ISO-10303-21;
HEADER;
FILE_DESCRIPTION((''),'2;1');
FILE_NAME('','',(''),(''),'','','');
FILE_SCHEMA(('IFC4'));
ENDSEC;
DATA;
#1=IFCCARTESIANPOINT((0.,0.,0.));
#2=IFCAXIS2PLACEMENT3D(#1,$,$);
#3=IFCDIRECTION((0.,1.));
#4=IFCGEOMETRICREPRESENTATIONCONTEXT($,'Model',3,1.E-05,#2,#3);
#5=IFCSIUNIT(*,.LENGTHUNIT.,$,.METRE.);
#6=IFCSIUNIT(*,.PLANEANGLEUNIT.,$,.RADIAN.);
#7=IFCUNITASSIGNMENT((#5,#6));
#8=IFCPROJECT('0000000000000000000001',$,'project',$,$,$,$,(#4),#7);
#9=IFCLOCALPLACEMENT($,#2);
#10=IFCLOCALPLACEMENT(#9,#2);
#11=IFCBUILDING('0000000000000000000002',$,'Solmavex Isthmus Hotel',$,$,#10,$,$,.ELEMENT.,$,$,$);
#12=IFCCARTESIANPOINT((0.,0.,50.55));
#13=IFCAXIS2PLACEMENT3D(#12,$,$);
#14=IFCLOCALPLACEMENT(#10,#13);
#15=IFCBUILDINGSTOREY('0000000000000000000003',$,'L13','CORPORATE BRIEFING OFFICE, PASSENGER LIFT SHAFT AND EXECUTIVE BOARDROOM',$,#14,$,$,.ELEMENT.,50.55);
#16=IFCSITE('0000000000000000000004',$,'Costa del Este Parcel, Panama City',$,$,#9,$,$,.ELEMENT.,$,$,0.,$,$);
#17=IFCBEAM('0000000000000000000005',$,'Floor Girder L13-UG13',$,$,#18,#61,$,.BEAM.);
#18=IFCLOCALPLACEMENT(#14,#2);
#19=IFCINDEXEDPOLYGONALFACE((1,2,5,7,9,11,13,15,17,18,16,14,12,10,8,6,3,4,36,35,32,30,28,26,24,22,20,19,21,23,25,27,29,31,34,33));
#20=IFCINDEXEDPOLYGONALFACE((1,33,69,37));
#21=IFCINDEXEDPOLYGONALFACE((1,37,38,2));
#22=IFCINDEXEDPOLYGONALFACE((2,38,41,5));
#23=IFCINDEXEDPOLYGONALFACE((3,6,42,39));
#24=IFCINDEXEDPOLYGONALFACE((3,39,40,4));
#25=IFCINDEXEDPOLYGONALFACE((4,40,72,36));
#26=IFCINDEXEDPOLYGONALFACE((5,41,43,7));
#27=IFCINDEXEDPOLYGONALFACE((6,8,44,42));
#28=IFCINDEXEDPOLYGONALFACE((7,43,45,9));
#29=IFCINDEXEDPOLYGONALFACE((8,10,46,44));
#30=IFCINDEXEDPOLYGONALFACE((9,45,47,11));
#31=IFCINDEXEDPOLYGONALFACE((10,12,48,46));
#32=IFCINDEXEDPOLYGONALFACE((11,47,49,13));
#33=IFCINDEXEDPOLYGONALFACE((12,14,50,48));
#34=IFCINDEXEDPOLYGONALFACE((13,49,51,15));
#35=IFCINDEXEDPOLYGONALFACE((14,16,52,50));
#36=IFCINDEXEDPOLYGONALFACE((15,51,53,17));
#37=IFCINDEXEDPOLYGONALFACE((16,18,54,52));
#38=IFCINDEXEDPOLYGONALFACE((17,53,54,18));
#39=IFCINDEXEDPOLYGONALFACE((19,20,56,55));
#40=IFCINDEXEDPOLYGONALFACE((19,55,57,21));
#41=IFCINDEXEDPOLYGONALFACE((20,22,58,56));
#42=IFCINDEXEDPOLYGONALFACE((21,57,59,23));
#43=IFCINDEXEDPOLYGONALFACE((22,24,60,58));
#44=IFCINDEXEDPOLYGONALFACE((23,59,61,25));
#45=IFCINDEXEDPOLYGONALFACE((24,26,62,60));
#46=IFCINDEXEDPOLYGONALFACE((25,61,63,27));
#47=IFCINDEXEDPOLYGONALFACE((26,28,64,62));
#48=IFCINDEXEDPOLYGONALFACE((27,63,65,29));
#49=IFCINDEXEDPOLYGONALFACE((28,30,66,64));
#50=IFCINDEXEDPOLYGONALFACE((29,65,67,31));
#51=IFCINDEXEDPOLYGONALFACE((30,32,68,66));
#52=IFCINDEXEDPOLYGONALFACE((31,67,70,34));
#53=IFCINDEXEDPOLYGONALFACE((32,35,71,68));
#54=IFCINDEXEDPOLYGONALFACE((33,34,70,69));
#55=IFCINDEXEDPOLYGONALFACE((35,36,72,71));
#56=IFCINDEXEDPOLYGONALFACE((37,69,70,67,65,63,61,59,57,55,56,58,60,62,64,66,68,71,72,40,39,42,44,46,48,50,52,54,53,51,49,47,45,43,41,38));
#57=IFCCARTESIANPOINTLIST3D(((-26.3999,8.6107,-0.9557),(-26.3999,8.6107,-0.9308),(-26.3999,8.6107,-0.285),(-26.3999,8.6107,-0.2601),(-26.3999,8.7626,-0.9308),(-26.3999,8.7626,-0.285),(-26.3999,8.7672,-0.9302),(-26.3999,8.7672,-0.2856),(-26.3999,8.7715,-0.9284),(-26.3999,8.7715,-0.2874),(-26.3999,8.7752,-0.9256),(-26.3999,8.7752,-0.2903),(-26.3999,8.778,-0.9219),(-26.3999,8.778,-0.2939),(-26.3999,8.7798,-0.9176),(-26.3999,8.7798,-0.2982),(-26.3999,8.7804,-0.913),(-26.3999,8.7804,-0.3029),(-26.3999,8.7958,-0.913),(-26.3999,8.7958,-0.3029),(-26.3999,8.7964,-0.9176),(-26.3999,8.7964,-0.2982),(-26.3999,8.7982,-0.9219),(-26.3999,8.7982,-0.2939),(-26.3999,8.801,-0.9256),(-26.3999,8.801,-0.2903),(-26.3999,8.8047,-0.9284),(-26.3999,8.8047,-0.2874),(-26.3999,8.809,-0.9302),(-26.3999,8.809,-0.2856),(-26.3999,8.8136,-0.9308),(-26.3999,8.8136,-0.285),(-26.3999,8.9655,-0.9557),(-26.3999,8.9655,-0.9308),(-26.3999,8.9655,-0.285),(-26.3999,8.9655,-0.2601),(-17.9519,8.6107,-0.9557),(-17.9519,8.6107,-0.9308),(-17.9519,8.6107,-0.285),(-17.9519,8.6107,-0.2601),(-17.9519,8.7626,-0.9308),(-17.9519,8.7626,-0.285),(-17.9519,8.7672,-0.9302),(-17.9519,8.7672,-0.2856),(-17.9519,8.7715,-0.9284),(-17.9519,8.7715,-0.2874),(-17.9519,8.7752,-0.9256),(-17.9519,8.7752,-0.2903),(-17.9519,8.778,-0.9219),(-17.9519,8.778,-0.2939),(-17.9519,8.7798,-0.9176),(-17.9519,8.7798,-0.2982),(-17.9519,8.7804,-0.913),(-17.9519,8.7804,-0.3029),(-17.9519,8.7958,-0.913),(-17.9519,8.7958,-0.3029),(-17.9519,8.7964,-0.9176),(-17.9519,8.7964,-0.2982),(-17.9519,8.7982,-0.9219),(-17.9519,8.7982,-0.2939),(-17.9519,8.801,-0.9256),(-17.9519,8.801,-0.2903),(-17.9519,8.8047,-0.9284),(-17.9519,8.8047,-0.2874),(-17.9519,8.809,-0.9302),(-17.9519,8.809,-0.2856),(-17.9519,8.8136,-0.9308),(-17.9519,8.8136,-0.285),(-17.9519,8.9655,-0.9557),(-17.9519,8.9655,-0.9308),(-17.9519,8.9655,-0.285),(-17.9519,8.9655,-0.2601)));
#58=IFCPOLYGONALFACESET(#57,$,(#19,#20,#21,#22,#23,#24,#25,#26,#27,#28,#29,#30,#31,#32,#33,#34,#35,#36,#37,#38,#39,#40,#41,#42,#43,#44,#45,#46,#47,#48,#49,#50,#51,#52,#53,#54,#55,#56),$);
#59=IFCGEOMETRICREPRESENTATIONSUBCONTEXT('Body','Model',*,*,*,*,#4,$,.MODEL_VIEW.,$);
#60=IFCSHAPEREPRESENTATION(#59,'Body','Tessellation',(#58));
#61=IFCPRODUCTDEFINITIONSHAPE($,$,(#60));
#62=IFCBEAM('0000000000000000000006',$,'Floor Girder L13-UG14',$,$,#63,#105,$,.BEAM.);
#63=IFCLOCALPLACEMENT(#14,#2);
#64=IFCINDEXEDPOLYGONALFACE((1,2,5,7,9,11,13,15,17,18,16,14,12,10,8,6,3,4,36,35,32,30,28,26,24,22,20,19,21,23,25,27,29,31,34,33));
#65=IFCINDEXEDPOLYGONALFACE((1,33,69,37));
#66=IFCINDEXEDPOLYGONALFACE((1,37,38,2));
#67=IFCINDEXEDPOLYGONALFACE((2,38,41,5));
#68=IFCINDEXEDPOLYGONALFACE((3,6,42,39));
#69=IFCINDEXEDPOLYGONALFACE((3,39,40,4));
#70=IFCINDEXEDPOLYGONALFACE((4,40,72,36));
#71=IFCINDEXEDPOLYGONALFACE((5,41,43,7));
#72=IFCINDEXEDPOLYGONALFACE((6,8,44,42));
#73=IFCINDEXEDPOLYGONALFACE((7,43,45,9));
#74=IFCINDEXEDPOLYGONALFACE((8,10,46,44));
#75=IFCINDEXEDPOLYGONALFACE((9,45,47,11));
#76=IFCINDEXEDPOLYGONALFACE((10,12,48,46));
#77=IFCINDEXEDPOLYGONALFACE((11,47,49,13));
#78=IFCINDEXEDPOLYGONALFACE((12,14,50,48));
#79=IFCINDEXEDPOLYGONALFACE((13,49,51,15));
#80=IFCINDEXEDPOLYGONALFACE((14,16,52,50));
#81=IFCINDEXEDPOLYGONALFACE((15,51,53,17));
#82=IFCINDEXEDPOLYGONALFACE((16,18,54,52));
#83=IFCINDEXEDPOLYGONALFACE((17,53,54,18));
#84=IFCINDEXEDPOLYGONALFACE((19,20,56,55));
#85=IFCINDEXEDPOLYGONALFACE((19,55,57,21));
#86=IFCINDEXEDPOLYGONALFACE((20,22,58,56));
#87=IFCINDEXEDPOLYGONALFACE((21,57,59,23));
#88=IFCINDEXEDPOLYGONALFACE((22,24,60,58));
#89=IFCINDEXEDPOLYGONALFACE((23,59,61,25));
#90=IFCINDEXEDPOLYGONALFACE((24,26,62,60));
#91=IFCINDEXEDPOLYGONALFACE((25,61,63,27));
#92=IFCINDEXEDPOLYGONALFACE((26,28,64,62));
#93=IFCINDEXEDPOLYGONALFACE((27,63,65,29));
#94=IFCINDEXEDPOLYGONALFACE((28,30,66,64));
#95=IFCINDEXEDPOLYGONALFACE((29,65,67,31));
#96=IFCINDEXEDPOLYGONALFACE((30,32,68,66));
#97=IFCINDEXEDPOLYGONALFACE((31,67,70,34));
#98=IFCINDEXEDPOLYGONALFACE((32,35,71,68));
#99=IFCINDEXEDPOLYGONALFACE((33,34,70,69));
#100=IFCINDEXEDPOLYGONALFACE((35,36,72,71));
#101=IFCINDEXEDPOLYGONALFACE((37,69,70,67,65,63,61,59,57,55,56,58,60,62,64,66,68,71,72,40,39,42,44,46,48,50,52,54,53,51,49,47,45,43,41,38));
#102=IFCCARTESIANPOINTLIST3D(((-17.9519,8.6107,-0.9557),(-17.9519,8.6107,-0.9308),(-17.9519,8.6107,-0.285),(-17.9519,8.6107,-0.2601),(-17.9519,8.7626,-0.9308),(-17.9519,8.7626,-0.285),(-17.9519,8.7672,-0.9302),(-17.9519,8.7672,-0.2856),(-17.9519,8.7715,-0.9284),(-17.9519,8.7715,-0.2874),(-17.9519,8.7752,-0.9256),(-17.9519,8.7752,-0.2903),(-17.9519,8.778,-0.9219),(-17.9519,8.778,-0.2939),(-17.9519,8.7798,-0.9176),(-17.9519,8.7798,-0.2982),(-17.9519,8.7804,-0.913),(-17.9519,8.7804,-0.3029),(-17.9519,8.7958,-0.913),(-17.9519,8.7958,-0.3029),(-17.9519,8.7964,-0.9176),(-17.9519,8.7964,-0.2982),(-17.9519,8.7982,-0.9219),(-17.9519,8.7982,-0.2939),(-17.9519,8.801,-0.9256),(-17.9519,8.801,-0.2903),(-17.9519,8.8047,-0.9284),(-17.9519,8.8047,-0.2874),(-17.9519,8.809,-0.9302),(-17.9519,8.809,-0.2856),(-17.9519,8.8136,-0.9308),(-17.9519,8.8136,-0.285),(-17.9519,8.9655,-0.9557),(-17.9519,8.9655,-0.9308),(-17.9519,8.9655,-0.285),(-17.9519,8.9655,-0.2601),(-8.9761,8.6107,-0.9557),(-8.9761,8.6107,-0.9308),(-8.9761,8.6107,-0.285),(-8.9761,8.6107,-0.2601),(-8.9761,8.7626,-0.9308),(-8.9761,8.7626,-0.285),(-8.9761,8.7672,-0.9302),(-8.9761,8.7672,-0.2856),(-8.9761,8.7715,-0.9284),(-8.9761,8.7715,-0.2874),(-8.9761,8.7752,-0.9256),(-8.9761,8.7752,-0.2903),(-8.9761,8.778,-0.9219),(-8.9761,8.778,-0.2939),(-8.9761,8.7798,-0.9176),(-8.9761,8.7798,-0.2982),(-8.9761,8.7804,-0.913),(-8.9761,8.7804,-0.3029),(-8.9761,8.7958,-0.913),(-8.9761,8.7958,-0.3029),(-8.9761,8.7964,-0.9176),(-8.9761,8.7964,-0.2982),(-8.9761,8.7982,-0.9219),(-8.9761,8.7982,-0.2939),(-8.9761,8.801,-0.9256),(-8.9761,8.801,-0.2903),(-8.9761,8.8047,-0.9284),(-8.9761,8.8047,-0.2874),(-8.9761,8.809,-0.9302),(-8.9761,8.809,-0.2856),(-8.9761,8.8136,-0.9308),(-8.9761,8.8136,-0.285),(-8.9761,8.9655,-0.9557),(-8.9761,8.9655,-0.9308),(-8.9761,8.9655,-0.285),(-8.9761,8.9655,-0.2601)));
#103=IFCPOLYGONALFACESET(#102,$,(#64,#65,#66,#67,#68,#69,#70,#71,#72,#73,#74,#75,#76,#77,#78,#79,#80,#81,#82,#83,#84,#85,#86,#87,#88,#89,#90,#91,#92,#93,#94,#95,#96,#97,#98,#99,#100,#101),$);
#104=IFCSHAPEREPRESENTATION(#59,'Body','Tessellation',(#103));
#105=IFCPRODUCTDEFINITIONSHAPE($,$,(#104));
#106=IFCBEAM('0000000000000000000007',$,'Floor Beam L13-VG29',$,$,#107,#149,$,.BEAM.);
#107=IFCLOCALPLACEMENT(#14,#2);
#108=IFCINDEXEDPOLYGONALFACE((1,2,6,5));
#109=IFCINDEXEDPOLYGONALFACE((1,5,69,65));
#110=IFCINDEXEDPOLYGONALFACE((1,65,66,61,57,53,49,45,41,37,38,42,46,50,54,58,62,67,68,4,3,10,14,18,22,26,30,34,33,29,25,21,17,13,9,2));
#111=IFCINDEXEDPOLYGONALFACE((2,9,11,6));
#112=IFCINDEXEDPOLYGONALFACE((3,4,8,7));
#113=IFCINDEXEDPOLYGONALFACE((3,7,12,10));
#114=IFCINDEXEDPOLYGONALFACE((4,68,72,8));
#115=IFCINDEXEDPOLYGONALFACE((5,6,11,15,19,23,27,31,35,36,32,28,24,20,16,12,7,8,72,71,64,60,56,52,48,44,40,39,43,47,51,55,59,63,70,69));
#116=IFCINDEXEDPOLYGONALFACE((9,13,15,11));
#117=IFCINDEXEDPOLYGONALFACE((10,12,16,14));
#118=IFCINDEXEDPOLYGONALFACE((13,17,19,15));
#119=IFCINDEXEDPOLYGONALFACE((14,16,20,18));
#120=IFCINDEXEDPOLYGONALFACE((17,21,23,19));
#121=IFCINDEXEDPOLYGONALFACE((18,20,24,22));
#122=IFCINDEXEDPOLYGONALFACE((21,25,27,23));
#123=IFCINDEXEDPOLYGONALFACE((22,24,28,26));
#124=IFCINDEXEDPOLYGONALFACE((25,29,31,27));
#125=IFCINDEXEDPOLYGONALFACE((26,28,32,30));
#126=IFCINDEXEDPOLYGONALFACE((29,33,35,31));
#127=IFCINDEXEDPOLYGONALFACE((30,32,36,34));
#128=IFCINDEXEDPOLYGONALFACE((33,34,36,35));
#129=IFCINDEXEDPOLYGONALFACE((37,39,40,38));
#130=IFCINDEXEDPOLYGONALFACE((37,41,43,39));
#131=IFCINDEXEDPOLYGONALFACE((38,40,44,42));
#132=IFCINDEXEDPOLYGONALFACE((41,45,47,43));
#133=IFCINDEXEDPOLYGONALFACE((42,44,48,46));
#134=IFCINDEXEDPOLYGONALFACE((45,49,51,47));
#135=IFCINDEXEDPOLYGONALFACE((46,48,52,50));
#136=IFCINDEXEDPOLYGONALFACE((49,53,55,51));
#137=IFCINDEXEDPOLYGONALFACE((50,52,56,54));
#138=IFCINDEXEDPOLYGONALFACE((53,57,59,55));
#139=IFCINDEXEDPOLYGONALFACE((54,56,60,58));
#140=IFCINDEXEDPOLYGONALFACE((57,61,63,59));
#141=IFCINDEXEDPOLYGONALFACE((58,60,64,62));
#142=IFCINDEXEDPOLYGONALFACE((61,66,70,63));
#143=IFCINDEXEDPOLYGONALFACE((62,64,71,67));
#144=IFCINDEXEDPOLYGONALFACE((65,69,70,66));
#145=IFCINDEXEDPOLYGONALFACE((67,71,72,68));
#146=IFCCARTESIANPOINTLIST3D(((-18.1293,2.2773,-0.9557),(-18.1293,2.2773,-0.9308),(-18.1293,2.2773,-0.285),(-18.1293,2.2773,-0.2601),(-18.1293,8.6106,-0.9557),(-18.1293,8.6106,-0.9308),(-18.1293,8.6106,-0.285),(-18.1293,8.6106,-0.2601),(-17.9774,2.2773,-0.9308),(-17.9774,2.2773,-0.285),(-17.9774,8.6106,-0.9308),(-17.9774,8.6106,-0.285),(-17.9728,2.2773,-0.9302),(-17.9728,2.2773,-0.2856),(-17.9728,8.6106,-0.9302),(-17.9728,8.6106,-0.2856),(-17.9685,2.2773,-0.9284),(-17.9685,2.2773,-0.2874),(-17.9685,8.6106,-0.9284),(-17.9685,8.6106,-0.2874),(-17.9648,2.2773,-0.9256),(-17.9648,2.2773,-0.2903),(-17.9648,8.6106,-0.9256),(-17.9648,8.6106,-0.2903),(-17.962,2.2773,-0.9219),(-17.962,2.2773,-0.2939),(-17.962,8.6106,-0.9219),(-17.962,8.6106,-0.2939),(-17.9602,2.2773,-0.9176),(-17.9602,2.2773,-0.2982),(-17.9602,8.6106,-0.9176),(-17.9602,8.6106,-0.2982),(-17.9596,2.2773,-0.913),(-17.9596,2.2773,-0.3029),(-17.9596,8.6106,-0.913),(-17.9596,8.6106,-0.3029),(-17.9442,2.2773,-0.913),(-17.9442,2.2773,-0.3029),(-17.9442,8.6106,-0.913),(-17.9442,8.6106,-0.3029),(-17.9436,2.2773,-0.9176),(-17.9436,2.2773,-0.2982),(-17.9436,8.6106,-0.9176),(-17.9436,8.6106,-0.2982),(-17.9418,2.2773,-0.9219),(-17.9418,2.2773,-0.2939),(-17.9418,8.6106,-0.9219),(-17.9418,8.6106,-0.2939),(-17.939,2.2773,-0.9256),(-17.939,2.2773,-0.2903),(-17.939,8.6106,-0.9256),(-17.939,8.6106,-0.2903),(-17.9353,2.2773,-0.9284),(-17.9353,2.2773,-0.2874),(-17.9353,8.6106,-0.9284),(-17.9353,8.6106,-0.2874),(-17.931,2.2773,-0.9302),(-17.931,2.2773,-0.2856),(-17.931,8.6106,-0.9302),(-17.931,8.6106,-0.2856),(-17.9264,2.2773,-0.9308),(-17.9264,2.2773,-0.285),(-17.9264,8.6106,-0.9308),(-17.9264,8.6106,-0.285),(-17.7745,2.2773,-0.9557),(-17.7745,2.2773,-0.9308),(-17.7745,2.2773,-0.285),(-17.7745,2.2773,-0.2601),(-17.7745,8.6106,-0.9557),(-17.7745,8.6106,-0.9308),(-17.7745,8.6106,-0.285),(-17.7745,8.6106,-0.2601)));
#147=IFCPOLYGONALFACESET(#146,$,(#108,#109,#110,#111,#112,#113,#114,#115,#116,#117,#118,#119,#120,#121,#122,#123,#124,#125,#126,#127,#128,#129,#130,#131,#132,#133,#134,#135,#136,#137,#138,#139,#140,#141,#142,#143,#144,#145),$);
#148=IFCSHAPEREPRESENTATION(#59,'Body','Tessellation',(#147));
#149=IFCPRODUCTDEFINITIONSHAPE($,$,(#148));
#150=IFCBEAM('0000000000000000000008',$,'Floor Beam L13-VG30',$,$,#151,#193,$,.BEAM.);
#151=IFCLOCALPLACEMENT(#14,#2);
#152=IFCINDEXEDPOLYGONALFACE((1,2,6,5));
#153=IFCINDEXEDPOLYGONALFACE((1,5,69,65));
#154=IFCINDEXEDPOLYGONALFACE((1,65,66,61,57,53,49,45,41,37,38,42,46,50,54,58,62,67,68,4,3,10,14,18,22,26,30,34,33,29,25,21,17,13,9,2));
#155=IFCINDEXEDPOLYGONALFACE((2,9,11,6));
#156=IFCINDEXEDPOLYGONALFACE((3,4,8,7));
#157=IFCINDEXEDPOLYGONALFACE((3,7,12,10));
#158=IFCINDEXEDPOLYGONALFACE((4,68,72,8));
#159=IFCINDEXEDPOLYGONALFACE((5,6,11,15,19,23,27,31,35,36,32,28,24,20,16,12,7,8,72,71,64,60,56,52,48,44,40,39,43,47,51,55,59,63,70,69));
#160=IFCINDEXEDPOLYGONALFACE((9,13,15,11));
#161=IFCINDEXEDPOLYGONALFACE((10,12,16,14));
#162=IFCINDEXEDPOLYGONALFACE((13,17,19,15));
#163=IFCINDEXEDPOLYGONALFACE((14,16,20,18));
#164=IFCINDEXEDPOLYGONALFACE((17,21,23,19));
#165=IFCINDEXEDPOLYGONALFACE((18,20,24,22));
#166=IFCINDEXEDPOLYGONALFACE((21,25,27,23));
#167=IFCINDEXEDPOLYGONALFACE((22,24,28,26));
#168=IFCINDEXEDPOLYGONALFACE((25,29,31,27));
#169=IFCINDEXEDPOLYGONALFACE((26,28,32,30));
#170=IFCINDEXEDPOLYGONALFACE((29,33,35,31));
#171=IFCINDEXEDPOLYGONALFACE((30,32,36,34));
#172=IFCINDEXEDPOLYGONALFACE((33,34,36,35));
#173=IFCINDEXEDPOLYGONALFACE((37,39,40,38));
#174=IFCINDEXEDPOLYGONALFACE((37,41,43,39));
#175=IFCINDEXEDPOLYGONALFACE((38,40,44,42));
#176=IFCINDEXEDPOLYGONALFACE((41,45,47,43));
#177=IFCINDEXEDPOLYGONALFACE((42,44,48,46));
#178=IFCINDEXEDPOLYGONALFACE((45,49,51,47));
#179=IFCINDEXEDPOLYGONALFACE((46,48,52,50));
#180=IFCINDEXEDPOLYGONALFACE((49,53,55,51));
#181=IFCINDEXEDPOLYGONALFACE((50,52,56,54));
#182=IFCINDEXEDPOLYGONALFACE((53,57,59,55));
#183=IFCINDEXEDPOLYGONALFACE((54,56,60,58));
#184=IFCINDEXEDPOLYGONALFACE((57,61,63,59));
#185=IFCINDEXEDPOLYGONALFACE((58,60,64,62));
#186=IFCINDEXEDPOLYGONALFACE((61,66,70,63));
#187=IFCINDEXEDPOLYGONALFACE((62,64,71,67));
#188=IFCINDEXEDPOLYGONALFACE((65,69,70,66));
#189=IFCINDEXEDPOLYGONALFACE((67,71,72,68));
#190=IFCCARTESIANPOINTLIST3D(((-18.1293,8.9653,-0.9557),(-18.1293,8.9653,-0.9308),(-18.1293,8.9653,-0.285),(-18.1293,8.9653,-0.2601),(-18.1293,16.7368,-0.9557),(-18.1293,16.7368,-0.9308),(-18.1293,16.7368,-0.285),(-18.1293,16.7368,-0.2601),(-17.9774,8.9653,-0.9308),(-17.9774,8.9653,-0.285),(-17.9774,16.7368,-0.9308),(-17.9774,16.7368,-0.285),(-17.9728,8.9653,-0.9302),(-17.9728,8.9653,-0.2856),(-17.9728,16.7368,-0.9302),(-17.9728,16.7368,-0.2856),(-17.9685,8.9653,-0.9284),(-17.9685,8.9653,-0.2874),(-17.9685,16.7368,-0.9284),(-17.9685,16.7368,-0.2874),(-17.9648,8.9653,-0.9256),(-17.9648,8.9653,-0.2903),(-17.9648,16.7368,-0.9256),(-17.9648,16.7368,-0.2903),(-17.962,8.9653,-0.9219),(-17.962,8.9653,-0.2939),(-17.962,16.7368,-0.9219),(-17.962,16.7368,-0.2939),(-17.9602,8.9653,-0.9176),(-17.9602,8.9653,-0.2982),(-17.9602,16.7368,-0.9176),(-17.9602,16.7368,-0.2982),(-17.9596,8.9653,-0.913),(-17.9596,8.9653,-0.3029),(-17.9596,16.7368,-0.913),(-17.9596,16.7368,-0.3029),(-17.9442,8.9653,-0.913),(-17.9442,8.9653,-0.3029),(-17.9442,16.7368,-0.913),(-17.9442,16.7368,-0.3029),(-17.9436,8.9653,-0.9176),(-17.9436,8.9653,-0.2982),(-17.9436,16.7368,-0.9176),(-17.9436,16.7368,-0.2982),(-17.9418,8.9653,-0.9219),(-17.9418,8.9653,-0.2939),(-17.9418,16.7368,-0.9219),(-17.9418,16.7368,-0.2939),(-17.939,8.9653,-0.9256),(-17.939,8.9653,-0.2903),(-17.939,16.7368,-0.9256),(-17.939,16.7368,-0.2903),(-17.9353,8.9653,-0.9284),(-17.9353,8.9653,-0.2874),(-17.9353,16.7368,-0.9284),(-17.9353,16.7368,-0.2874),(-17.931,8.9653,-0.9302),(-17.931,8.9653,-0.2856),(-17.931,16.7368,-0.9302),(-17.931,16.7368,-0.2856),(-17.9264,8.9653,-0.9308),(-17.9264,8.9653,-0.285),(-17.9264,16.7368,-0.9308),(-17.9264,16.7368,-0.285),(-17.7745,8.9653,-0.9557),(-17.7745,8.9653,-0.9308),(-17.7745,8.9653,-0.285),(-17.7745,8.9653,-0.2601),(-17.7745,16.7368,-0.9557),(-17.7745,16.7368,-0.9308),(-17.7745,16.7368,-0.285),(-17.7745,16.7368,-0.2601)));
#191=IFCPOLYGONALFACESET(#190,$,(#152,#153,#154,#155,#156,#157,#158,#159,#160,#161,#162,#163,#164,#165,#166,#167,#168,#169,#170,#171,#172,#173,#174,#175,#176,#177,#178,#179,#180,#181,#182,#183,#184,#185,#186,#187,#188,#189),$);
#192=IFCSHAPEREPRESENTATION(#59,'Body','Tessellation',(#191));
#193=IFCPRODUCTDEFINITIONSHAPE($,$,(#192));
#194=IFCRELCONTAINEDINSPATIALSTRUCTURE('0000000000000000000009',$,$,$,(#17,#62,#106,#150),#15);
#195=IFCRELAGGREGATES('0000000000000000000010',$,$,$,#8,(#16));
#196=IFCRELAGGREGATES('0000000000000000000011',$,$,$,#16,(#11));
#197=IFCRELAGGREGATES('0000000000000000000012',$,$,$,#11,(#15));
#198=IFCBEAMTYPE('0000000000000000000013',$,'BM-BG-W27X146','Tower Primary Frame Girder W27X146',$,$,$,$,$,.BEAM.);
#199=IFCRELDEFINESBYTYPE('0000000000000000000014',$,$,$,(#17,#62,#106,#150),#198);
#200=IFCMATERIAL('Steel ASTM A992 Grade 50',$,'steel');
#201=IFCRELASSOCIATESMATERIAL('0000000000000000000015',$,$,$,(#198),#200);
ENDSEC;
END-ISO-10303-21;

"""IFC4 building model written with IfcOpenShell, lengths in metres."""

from ifc_helpers import new_model, si_unit, direction, frame, origin, origin_2d, place, context, subcontext, project, spatial, i_section, extrude, material, material_profile, profile_set, type_object, element, save


model = new_model("IFC4")

# Units and contexts
model_context = context("Model", 3, precision=1e-05, world=origin(), true_north=direction((0.0, 1.0)))
body_context = subcontext(model_context, "Body", "Model", "MODEL_VIEW")
ifc_project = project(units=[si_unit("LENGTHUNIT", "METRE"), si_unit("PLANEANGLEUNIT", "RADIAN")], contexts=[model_context])

# Site, building, storey
site_placement = place(None, origin())
site = spatial("IfcSite", under=ifc_project, at=site_placement, Name="Costa del Este Parcel, Panama City", CompositionType="ELEMENT", RefElevation=0.0)
building_placement = place(site_placement, origin())
building = spatial("IfcBuilding", under=site, at=building_placement, Name="Solmavex Isthmus Hotel", CompositionType="ELEMENT")
storey_placement = place(building_placement, frame((0.0, 0.0, 50.55)))
storey = spatial("IfcBuildingStorey", under=building, at=storey_placement, Name="L13", Description="CORPORATE BRIEFING OFFICE, PASSENGER LIFT SHAFT AND EXECUTIVE BOARDROOM", CompositionType="ELEMENT", Elevation=50.55)

# Beams
ifc_material_1 = material(Name="Steel ASTM A992 Grade 50", Category="steel")
ifc_material_profile_1 = material_profile(ifc_material_1, i_section(OverallWidth=0.3547, OverallDepth=0.6956, WebThickness=0.0154, FlangeThickness=0.0249, FilletRadius=0.0178, at=origin_2d()), Name="W27X146")
ifc_profile_set_1 = profile_set([ifc_material_profile_1], Name="Steel ASTM A992 Grade 50")
beam_type_1 = type_object("IfcBeamType", Name="BM-BG-W27X146", Description="Tower Primary Frame Girder W27X146", PredefinedType="BEAM", material=ifc_profile_set_1)
beam_1_placement = place(storey_placement, frame((-26.3999, 8.7881, -0.6079), z_axis=(1.0, 0.0, 0.0), x_axis=(0.0, 1.0, 0.0)))
element("IfcBeam", 1, at=beam_1_placement, inside=storey, type_object=beam_type_1, Name="Floor Girder L13-UG13", PredefinedType="BEAM", context=body_context, shape_type="SweptSolid", body=[
    extrude(i_section(OverallWidth=0.3547, OverallDepth=0.6956, WebThickness=0.0154, FlangeThickness=0.0249, FilletRadius=0.0178, at=origin_2d()), origin(), (0.0, 0.0, 1.0), 8.448),
])
beam_2_placement = place(storey_placement, frame((-17.9519, 8.7881, -0.6079), z_axis=(1.0, 0.0, 0.0), x_axis=(0.0, 1.0, 0.0)))
element("IfcBeam", 2, at=beam_2_placement, inside=storey, type_object=beam_type_1, Name="Floor Girder L13-UG14", PredefinedType="BEAM", context=body_context, shape_type="SweptSolid", body=[
    extrude(i_section(OverallWidth=0.3547, OverallDepth=0.6956, WebThickness=0.0154, FlangeThickness=0.0249, FilletRadius=0.0178, at=origin_2d()), origin(), (0.0, 0.0, 1.0), 8.9758),
])
beam_3_placement = place(storey_placement, frame((-17.9519, 2.2773, -0.6079), z_axis=(0.0, 1.0, 0.0), x_axis=(-1.0, 0.0, 0.0)))
element("IfcBeam", 3, at=beam_3_placement, inside=storey, type_object=beam_type_1, Name="Floor Beam L13-VG29", PredefinedType="BEAM", context=body_context, shape_type="SweptSolid", body=[
    extrude(i_section(OverallWidth=0.3547, OverallDepth=0.6956, WebThickness=0.0154, FlangeThickness=0.0249, FilletRadius=0.0178, at=origin_2d()), origin(), (0.0, 0.0, 1.0), 6.3333),
])
beam_4_placement = place(storey_placement, frame((-17.9519, 8.9653, -0.6079), z_axis=(0.0, 1.0, 0.0), x_axis=(-1.0, 0.0, 0.0)))
element("IfcBeam", 4, at=beam_4_placement, inside=storey, type_object=beam_type_1, Name="Floor Beam L13-VG30", PredefinedType="BEAM", context=body_context, shape_type="SweptSolid", body=[
    extrude(i_section(OverallWidth=0.3547, OverallDepth=0.6956, WebThickness=0.0154, FlangeThickness=0.0249, FilletRadius=0.0178, at=origin_2d()), origin(), (0.0, 0.0, 1.0), 7.7715),
])

save(model, "model.ifc")
